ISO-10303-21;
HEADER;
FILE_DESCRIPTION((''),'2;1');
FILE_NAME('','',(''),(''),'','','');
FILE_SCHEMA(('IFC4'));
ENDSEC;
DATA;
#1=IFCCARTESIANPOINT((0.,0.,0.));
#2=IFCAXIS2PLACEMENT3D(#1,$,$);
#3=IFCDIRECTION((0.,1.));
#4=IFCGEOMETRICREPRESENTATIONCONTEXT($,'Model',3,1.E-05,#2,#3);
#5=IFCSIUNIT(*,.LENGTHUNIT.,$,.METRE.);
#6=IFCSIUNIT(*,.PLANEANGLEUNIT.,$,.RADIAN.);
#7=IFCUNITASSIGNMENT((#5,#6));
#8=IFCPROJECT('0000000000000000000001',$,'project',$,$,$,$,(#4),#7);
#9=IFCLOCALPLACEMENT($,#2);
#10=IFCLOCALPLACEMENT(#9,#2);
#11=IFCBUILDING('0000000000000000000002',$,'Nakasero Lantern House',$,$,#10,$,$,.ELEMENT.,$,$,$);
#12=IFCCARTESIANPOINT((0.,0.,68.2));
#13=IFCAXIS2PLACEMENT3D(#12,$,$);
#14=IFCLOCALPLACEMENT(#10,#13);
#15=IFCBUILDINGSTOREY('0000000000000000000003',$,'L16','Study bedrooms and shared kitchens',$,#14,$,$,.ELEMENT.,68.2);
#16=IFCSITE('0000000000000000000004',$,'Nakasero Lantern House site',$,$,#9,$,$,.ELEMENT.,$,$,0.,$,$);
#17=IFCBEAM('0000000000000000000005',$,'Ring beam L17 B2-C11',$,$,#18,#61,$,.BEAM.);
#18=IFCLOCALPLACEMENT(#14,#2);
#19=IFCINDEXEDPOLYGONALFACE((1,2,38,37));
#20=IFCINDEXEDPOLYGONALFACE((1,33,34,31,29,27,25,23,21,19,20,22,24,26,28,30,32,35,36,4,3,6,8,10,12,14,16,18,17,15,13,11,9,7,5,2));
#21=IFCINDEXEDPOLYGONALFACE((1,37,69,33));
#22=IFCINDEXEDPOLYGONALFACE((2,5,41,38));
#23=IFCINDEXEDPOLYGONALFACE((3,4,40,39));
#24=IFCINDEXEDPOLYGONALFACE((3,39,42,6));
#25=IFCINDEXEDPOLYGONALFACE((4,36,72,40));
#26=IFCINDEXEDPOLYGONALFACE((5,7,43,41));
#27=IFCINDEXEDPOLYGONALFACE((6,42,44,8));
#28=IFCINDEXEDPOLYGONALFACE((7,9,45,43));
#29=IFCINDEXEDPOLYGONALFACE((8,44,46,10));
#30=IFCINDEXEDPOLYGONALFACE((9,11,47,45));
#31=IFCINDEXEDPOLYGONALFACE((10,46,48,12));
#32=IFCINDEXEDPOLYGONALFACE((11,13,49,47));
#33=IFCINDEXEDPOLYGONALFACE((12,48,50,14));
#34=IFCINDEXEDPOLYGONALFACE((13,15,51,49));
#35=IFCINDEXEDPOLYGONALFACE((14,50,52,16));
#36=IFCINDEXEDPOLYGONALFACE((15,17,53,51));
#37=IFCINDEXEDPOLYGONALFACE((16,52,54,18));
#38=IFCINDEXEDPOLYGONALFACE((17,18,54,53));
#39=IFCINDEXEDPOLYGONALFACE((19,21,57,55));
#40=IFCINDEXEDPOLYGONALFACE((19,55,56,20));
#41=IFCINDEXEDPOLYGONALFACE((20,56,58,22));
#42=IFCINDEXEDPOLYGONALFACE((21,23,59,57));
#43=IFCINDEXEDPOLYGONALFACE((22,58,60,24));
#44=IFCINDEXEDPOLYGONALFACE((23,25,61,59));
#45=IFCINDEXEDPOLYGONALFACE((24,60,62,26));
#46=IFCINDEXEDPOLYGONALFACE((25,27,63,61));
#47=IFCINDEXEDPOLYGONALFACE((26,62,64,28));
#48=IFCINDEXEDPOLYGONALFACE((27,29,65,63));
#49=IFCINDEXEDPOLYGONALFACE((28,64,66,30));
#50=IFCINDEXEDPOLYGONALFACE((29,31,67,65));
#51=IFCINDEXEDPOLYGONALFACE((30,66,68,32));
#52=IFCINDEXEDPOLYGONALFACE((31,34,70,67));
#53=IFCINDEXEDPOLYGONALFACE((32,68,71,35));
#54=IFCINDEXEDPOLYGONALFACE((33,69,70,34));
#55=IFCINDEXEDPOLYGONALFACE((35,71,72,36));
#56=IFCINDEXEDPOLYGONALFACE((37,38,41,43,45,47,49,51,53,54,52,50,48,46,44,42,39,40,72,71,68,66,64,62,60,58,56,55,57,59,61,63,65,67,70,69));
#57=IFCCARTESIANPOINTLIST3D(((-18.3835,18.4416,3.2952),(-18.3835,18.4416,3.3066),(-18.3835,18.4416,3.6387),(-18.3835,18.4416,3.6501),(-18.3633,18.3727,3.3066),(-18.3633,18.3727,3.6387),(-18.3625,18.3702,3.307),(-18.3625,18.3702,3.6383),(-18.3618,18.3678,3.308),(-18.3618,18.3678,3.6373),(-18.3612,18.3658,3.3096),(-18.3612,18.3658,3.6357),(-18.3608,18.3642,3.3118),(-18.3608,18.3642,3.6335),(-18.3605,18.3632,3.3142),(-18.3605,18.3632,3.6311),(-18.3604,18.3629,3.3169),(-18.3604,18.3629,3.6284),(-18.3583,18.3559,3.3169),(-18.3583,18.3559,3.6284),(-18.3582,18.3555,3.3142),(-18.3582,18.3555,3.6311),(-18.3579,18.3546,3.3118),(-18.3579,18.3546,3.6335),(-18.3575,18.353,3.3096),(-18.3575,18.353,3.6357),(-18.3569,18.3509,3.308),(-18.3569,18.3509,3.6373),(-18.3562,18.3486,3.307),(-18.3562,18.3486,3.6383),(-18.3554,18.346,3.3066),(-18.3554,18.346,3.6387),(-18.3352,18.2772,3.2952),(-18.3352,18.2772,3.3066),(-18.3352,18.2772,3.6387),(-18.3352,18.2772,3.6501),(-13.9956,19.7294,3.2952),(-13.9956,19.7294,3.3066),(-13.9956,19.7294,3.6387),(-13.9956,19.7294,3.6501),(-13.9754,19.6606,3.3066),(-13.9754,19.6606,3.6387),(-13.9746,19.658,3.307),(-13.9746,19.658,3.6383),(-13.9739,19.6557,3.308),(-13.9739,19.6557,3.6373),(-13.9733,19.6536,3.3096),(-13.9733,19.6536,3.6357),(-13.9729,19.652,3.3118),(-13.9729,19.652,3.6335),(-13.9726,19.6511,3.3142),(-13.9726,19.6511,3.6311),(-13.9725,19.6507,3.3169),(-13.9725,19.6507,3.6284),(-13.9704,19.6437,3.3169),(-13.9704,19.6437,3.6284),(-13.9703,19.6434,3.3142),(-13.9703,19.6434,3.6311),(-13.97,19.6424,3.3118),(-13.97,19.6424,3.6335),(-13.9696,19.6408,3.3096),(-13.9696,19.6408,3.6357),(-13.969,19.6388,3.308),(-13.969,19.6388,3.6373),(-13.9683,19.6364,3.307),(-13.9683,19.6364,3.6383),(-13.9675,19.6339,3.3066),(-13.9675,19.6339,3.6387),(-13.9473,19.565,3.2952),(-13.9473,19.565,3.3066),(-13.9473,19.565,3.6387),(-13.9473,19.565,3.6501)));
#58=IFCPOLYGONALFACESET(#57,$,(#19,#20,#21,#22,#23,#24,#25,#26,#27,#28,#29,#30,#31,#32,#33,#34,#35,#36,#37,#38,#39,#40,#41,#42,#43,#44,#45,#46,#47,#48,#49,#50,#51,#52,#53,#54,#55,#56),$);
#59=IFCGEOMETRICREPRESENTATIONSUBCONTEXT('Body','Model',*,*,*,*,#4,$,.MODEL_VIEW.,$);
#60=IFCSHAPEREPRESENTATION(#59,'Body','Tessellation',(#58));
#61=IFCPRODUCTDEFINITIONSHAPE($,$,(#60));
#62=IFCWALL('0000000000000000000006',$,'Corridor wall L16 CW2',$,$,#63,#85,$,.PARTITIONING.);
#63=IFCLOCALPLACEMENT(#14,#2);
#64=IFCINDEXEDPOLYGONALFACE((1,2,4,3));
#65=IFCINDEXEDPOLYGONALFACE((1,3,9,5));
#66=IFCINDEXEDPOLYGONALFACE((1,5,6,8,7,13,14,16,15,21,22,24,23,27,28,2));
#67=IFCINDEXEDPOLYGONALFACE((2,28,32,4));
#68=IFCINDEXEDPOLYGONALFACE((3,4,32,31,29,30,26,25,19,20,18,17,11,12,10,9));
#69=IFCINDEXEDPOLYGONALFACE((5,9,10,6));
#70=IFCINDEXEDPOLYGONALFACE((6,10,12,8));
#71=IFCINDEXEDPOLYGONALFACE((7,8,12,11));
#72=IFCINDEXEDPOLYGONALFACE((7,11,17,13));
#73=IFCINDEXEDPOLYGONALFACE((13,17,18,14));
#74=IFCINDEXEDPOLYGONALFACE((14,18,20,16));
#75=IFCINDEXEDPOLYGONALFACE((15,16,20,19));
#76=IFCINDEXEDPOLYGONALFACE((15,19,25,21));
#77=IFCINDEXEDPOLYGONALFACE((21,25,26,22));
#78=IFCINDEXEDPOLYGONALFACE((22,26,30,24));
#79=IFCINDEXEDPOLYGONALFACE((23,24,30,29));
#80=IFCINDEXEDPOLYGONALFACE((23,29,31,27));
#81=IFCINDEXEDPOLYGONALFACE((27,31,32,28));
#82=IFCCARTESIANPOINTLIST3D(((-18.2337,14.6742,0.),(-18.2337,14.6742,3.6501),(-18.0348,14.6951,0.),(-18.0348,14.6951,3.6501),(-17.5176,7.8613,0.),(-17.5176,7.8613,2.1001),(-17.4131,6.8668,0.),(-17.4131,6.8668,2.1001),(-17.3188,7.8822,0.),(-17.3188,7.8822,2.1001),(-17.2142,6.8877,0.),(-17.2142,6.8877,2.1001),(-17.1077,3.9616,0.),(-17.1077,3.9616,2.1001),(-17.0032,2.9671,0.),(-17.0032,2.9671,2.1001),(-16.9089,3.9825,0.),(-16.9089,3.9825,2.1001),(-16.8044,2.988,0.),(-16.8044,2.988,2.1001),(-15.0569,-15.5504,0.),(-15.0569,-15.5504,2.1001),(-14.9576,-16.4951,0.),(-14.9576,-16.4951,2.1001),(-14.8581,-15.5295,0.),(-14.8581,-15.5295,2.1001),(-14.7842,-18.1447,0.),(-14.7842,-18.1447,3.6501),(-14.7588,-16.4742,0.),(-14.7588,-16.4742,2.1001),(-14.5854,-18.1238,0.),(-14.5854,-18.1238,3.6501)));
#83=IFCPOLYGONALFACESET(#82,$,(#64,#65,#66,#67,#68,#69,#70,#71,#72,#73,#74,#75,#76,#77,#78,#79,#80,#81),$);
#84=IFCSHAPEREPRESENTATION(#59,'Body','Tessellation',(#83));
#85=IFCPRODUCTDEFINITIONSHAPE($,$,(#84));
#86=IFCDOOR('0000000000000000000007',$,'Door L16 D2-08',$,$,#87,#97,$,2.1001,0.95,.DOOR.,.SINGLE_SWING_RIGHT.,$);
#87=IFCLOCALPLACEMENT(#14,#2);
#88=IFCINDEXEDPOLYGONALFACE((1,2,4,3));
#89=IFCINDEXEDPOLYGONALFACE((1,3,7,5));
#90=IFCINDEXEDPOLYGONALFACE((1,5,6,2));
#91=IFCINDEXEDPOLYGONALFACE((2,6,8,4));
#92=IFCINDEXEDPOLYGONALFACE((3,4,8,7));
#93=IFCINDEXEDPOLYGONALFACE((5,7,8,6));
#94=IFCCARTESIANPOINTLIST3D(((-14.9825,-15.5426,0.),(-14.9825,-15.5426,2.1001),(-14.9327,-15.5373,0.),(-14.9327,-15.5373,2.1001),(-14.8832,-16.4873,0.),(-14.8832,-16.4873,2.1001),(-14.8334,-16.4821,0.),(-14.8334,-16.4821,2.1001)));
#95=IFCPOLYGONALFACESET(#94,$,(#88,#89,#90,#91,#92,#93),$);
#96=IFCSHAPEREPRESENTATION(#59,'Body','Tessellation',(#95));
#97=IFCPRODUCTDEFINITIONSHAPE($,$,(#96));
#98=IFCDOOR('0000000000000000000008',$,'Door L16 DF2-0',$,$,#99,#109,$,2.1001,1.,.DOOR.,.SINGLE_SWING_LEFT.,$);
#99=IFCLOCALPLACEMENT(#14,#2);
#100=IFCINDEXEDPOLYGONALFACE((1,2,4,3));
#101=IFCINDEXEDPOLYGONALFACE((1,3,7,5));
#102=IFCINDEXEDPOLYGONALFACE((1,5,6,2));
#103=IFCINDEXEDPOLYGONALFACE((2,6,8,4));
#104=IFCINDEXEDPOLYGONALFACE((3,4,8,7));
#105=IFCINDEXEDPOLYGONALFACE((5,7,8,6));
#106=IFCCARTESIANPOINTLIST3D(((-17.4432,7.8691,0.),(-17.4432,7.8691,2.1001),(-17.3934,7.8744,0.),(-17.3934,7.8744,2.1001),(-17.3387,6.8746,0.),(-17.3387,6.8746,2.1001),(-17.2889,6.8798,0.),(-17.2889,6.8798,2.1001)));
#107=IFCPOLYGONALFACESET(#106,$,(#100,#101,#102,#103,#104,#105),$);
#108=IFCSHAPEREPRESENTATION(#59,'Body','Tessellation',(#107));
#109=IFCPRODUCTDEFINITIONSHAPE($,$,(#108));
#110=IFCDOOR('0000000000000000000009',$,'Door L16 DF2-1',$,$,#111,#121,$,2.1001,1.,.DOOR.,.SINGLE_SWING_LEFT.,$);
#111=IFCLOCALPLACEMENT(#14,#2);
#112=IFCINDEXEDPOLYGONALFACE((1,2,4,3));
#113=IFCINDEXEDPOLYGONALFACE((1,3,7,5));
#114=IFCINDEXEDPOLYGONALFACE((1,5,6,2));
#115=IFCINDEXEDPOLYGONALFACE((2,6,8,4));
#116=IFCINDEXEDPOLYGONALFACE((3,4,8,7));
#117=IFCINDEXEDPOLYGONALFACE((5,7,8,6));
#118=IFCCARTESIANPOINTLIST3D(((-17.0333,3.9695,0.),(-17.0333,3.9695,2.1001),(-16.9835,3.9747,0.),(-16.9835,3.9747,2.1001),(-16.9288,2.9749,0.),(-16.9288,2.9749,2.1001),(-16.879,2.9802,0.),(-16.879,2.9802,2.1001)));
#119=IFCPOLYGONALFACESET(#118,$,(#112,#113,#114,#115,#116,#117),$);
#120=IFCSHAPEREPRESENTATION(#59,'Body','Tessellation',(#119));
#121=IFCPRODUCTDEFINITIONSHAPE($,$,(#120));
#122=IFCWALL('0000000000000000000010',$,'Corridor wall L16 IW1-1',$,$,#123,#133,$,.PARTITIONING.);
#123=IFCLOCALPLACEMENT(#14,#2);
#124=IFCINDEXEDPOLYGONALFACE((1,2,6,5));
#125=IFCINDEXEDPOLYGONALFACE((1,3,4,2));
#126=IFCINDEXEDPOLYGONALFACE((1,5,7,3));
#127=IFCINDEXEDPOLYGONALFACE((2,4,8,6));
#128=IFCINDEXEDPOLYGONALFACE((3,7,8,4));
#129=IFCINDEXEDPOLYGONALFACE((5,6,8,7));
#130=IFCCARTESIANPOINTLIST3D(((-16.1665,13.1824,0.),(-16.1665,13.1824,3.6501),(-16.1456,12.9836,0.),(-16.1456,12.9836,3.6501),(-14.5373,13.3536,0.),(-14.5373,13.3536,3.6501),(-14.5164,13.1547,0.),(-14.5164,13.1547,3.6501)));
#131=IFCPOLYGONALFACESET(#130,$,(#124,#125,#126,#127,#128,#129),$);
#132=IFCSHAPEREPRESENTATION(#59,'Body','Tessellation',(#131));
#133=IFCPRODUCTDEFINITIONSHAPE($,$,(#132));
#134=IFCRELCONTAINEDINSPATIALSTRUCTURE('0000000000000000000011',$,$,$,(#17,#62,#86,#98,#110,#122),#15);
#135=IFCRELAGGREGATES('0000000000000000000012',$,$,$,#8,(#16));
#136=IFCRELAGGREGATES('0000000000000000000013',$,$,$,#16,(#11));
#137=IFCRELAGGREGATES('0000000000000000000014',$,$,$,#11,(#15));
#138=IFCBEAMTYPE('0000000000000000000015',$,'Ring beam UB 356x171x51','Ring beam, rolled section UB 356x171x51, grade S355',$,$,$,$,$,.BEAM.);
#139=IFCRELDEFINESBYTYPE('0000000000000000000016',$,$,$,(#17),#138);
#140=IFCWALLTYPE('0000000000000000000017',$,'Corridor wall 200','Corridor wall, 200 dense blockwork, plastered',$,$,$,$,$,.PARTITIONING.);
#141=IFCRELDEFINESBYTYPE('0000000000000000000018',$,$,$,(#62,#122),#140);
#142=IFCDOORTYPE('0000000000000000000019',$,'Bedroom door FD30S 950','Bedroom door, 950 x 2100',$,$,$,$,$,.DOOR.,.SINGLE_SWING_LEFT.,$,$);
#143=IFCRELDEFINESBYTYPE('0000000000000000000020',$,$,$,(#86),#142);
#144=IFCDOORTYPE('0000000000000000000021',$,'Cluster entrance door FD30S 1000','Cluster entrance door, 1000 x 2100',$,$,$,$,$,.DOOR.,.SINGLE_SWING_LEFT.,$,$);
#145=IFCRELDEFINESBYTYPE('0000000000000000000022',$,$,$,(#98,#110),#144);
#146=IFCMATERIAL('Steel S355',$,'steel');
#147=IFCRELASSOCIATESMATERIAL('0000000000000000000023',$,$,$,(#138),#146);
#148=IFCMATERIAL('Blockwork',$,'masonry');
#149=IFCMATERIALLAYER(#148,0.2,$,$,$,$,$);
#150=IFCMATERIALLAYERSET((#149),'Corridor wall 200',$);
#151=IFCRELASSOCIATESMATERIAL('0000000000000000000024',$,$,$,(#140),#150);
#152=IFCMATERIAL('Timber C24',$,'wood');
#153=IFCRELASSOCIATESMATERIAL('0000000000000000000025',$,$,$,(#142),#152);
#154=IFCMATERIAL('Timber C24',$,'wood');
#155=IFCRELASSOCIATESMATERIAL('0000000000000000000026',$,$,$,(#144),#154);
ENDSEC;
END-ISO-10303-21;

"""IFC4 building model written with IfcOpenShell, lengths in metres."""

from ifc_helpers import new_model, si_unit, direction, frame, frame_2d, origin, origin_2d, place, context, subcontext, project, spatial, rectangle, i_section, extrude, material, layer, layer_set, material_profile, profile_set, type_object, element, fill, save


model = new_model("IFC4")

# Units and contexts
model_context = context("Model", 3, precision=1e-05, world=origin(), true_north=direction((0.0, 1.0)))
body_context = subcontext(model_context, "Body", "Model", "MODEL_VIEW")
ifc_project = project(units=[si_unit("LENGTHUNIT", "METRE"), si_unit("PLANEANGLEUNIT", "RADIAN")], contexts=[model_context])

# Site, building, storey
site_placement = place(None, origin())
site = spatial("IfcSite", under=ifc_project, at=site_placement, Name="Nakasero Lantern House site", CompositionType="ELEMENT", RefElevation=0.0)
building_placement = place(site_placement, origin())
building = spatial("IfcBuilding", under=site, at=building_placement, Name="Nakasero Lantern House", CompositionType="ELEMENT")
storey_placement = place(building_placement, frame((0.0, 0.0, 68.2)))
storey = spatial("IfcBuildingStorey", under=building, at=storey_placement, Name="L16", Description="Study bedrooms and shared kitchens", CompositionType="ELEMENT", Elevation=68.2)

# Beam
ifc_material_1 = material(Name="Steel S355", Category="steel")
ifc_material_profile_1 = material_profile(ifc_material_1, i_section(OverallWidth=0.1714, OverallDepth=0.355, WebThickness=0.0073, FlangeThickness=0.0115, FilletRadius=0.0103, at=origin_2d()), Name="UB 356x171x51")
ifc_profile_set_1 = profile_set([ifc_material_profile_1], Name="Steel S355")
beam_type_1 = type_object("IfcBeamType", Name="Ring beam UB 356x171x51", Description="Ring beam, rolled section UB 356x171x51, grade S355", PredefinedType="BEAM", material=ifc_profile_set_1)
beam_1_placement = place(storey_placement, frame((-13.9714, 19.6472, 3.4727), z_axis=(-0.959527, -0.281617, 0.0), x_axis=(0.281617, -0.959527, 0.0)))
element("IfcBeam", 1, at=beam_1_placement, inside=storey, type_object=beam_type_1, Name="Ring beam L17 B2-C11", PredefinedType="BEAM", context=body_context, shape_type="SweptSolid", body=[
    extrude(i_section(OverallWidth=0.1714, OverallDepth=0.355, WebThickness=0.0073, FlangeThickness=0.0115, FilletRadius=0.0103, at=origin_2d()), origin(), (0.0, 0.0, 1.0), 4.573),
])

# Wall, openings, doors
ifc_material_2 = material(Name="Blockwork", Category="masonry")
ifc_layer_1 = layer(ifc_material_2, 0.2)
ifc_layer_set_1 = layer_set([ifc_layer_1], Name="Corridor wall 200")
wall_type_1 = type_object("IfcWallType", Name="Corridor wall 200", Description="Corridor wall, 200 dense blockwork, plastered", PredefinedType="PARTITIONING", material=ifc_layer_set_1)
wall_1_placement = place(storey_placement, frame((-18.1343, 14.6848, 0.0), z_axis=(0.0, 0.0, 1.0), x_axis=(0.10453, -0.994522, 0.0)))
wall_1 = element("IfcWall", 2, at=wall_1_placement, inside=storey, type_object=wall_type_1, Name="Corridor wall L16 CW2", PredefinedType="PARTITIONING", context=body_context, shape_type="SweptSolid", body=[
    extrude(rectangle(XDim=32.9998, YDim=0.2, at=frame_2d((16.5, 0.0))), origin(), (0.0, 0.0, 1.0), 3.6501),
])
opening_1_placement = place(wall_1_placement, frame((6.8506, 0.0, 0.0)))
opening_1 = element("IfcOpeningElement", 3, at=opening_1_placement, cuts=wall_1, PredefinedType="OPENING", context=body_context, shape_type="SweptSolid", body=[
    extrude(rectangle(XDim=1.0, YDim=2.1001, at=frame_2d((0.5, 1.05))), frame((0.0, 0.1199, 0.0), z_axis=(0.0, -1.0, 0.0), x_axis=(1.0, 0.0, 0.0)), (0.0, 0.0, 1.0), 0.24),
])
opening_2_placement = place(wall_1_placement, frame((10.7717, 0.0, 0.0)))
opening_2 = element("IfcOpeningElement", 4, at=opening_2_placement, cuts=wall_1, PredefinedType="OPENING", context=body_context, shape_type="SweptSolid", body=[
    extrude(rectangle(XDim=1.0, YDim=2.1001, at=frame_2d((0.5, 1.05))), frame((0.0, 0.1199, 0.0), z_axis=(0.0, -1.0, 0.0), x_axis=(1.0, 0.0, 0.0)), (0.0, 0.0, 1.0), 0.24),
])
opening_3_placement = place(wall_1_placement, frame((30.3911, 0.0, 0.0)))
opening_3 = element("IfcOpeningElement", 5, at=opening_3_placement, cuts=wall_1, PredefinedType="OPENING", context=body_context, shape_type="SweptSolid", body=[
    extrude(rectangle(XDim=0.95, YDim=2.1001, at=frame_2d((0.4751, 1.05))), frame((0.0, 0.1199, 0.0), z_axis=(0.0, -1.0, 0.0), x_axis=(1.0, 0.0, 0.0)), (0.0, 0.0, 1.0), 0.24),
])
ifc_material_3 = material(Name="Timber C24", Category="wood")
door_type_1 = type_object("IfcDoorType", Name="Bedroom door FD30S 950", Description="Bedroom door, 950 x 2100", OperationType="SINGLE_SWING_LEFT", PredefinedType="DOOR", material=ifc_material_3)
door_1_placement = place(opening_3_placement, origin())
door_1 = element("IfcDoor", 6, at=door_1_placement, inside=storey, type_object=door_type_1, Name="Door L16 D2-08", OperationType="SINGLE_SWING_RIGHT", OverallHeight=2.1001, OverallWidth=0.95, PredefinedType="DOOR", context=body_context, shape_type="SweptSolid", body=[
    extrude(rectangle(XDim=0.95, YDim=2.1001, at=frame_2d((0.4751, 1.05))), frame((0.0, 0.0249, 0.0), z_axis=(0.0, -1.0, 0.0), x_axis=(1.0, 0.0, 0.0)), (0.0, 0.0, 1.0), 0.05),
])
fill(opening_3, door_1)
ifc_material_4 = material(Name="Timber C24", Category="wood")
door_type_2 = type_object("IfcDoorType", Name="Cluster entrance door FD30S 1000", Description="Cluster entrance door, 1000 x 2100", OperationType="SINGLE_SWING_LEFT", PredefinedType="DOOR", material=ifc_material_4)
door_2_placement = place(opening_1_placement, origin())
door_2 = element("IfcDoor", 7, at=door_2_placement, inside=storey, type_object=door_type_2, Name="Door L16 DF2-0", OperationType="SINGLE_SWING_LEFT", OverallHeight=2.1001, OverallWidth=1.0, PredefinedType="DOOR", context=body_context, shape_type="SweptSolid", body=[
    extrude(rectangle(XDim=1.0, YDim=2.1001, at=frame_2d((0.5, 1.05))), frame((0.0, 0.0249, 0.0), z_axis=(0.0, -1.0, 0.0), x_axis=(1.0, 0.0, 0.0)), (0.0, 0.0, 1.0), 0.05),
])
fill(opening_1, door_2)
door_3_placement = place(opening_2_placement, origin())
door_3 = element("IfcDoor", 8, at=door_3_placement, inside=storey, type_object=door_type_2, Name="Door L16 DF2-1", OperationType="SINGLE_SWING_LEFT", OverallHeight=2.1001, OverallWidth=1.0, PredefinedType="DOOR", context=body_context, shape_type="SweptSolid", body=[
    extrude(rectangle(XDim=1.0, YDim=2.1001, at=frame_2d((0.5, 1.05))), frame((0.0, 0.0249, 0.0), z_axis=(0.0, -1.0, 0.0), x_axis=(1.0, 0.0, 0.0)), (0.0, 0.0, 1.0), 0.05),
])
fill(opening_2, door_3)

# Wall
wall_2_placement = place(storey_placement, frame((-14.5269, 13.2542, 0.0), z_axis=(0.0, 0.0, 1.0), x_axis=(-0.994527, -0.104475, 0.0)))
element("IfcWall", 9, at=wall_2_placement, inside=storey, type_object=wall_type_1, Name="Corridor wall L16 IW1-1", PredefinedType="PARTITIONING", context=body_context, shape_type="SweptSolid", body=[
    extrude(rectangle(XDim=1.6382, YDim=0.2, at=frame_2d((0.8191, 0.0))), origin(), (0.0, 0.0, 1.0), 3.6501),
])

save(model, "model.ifc")
